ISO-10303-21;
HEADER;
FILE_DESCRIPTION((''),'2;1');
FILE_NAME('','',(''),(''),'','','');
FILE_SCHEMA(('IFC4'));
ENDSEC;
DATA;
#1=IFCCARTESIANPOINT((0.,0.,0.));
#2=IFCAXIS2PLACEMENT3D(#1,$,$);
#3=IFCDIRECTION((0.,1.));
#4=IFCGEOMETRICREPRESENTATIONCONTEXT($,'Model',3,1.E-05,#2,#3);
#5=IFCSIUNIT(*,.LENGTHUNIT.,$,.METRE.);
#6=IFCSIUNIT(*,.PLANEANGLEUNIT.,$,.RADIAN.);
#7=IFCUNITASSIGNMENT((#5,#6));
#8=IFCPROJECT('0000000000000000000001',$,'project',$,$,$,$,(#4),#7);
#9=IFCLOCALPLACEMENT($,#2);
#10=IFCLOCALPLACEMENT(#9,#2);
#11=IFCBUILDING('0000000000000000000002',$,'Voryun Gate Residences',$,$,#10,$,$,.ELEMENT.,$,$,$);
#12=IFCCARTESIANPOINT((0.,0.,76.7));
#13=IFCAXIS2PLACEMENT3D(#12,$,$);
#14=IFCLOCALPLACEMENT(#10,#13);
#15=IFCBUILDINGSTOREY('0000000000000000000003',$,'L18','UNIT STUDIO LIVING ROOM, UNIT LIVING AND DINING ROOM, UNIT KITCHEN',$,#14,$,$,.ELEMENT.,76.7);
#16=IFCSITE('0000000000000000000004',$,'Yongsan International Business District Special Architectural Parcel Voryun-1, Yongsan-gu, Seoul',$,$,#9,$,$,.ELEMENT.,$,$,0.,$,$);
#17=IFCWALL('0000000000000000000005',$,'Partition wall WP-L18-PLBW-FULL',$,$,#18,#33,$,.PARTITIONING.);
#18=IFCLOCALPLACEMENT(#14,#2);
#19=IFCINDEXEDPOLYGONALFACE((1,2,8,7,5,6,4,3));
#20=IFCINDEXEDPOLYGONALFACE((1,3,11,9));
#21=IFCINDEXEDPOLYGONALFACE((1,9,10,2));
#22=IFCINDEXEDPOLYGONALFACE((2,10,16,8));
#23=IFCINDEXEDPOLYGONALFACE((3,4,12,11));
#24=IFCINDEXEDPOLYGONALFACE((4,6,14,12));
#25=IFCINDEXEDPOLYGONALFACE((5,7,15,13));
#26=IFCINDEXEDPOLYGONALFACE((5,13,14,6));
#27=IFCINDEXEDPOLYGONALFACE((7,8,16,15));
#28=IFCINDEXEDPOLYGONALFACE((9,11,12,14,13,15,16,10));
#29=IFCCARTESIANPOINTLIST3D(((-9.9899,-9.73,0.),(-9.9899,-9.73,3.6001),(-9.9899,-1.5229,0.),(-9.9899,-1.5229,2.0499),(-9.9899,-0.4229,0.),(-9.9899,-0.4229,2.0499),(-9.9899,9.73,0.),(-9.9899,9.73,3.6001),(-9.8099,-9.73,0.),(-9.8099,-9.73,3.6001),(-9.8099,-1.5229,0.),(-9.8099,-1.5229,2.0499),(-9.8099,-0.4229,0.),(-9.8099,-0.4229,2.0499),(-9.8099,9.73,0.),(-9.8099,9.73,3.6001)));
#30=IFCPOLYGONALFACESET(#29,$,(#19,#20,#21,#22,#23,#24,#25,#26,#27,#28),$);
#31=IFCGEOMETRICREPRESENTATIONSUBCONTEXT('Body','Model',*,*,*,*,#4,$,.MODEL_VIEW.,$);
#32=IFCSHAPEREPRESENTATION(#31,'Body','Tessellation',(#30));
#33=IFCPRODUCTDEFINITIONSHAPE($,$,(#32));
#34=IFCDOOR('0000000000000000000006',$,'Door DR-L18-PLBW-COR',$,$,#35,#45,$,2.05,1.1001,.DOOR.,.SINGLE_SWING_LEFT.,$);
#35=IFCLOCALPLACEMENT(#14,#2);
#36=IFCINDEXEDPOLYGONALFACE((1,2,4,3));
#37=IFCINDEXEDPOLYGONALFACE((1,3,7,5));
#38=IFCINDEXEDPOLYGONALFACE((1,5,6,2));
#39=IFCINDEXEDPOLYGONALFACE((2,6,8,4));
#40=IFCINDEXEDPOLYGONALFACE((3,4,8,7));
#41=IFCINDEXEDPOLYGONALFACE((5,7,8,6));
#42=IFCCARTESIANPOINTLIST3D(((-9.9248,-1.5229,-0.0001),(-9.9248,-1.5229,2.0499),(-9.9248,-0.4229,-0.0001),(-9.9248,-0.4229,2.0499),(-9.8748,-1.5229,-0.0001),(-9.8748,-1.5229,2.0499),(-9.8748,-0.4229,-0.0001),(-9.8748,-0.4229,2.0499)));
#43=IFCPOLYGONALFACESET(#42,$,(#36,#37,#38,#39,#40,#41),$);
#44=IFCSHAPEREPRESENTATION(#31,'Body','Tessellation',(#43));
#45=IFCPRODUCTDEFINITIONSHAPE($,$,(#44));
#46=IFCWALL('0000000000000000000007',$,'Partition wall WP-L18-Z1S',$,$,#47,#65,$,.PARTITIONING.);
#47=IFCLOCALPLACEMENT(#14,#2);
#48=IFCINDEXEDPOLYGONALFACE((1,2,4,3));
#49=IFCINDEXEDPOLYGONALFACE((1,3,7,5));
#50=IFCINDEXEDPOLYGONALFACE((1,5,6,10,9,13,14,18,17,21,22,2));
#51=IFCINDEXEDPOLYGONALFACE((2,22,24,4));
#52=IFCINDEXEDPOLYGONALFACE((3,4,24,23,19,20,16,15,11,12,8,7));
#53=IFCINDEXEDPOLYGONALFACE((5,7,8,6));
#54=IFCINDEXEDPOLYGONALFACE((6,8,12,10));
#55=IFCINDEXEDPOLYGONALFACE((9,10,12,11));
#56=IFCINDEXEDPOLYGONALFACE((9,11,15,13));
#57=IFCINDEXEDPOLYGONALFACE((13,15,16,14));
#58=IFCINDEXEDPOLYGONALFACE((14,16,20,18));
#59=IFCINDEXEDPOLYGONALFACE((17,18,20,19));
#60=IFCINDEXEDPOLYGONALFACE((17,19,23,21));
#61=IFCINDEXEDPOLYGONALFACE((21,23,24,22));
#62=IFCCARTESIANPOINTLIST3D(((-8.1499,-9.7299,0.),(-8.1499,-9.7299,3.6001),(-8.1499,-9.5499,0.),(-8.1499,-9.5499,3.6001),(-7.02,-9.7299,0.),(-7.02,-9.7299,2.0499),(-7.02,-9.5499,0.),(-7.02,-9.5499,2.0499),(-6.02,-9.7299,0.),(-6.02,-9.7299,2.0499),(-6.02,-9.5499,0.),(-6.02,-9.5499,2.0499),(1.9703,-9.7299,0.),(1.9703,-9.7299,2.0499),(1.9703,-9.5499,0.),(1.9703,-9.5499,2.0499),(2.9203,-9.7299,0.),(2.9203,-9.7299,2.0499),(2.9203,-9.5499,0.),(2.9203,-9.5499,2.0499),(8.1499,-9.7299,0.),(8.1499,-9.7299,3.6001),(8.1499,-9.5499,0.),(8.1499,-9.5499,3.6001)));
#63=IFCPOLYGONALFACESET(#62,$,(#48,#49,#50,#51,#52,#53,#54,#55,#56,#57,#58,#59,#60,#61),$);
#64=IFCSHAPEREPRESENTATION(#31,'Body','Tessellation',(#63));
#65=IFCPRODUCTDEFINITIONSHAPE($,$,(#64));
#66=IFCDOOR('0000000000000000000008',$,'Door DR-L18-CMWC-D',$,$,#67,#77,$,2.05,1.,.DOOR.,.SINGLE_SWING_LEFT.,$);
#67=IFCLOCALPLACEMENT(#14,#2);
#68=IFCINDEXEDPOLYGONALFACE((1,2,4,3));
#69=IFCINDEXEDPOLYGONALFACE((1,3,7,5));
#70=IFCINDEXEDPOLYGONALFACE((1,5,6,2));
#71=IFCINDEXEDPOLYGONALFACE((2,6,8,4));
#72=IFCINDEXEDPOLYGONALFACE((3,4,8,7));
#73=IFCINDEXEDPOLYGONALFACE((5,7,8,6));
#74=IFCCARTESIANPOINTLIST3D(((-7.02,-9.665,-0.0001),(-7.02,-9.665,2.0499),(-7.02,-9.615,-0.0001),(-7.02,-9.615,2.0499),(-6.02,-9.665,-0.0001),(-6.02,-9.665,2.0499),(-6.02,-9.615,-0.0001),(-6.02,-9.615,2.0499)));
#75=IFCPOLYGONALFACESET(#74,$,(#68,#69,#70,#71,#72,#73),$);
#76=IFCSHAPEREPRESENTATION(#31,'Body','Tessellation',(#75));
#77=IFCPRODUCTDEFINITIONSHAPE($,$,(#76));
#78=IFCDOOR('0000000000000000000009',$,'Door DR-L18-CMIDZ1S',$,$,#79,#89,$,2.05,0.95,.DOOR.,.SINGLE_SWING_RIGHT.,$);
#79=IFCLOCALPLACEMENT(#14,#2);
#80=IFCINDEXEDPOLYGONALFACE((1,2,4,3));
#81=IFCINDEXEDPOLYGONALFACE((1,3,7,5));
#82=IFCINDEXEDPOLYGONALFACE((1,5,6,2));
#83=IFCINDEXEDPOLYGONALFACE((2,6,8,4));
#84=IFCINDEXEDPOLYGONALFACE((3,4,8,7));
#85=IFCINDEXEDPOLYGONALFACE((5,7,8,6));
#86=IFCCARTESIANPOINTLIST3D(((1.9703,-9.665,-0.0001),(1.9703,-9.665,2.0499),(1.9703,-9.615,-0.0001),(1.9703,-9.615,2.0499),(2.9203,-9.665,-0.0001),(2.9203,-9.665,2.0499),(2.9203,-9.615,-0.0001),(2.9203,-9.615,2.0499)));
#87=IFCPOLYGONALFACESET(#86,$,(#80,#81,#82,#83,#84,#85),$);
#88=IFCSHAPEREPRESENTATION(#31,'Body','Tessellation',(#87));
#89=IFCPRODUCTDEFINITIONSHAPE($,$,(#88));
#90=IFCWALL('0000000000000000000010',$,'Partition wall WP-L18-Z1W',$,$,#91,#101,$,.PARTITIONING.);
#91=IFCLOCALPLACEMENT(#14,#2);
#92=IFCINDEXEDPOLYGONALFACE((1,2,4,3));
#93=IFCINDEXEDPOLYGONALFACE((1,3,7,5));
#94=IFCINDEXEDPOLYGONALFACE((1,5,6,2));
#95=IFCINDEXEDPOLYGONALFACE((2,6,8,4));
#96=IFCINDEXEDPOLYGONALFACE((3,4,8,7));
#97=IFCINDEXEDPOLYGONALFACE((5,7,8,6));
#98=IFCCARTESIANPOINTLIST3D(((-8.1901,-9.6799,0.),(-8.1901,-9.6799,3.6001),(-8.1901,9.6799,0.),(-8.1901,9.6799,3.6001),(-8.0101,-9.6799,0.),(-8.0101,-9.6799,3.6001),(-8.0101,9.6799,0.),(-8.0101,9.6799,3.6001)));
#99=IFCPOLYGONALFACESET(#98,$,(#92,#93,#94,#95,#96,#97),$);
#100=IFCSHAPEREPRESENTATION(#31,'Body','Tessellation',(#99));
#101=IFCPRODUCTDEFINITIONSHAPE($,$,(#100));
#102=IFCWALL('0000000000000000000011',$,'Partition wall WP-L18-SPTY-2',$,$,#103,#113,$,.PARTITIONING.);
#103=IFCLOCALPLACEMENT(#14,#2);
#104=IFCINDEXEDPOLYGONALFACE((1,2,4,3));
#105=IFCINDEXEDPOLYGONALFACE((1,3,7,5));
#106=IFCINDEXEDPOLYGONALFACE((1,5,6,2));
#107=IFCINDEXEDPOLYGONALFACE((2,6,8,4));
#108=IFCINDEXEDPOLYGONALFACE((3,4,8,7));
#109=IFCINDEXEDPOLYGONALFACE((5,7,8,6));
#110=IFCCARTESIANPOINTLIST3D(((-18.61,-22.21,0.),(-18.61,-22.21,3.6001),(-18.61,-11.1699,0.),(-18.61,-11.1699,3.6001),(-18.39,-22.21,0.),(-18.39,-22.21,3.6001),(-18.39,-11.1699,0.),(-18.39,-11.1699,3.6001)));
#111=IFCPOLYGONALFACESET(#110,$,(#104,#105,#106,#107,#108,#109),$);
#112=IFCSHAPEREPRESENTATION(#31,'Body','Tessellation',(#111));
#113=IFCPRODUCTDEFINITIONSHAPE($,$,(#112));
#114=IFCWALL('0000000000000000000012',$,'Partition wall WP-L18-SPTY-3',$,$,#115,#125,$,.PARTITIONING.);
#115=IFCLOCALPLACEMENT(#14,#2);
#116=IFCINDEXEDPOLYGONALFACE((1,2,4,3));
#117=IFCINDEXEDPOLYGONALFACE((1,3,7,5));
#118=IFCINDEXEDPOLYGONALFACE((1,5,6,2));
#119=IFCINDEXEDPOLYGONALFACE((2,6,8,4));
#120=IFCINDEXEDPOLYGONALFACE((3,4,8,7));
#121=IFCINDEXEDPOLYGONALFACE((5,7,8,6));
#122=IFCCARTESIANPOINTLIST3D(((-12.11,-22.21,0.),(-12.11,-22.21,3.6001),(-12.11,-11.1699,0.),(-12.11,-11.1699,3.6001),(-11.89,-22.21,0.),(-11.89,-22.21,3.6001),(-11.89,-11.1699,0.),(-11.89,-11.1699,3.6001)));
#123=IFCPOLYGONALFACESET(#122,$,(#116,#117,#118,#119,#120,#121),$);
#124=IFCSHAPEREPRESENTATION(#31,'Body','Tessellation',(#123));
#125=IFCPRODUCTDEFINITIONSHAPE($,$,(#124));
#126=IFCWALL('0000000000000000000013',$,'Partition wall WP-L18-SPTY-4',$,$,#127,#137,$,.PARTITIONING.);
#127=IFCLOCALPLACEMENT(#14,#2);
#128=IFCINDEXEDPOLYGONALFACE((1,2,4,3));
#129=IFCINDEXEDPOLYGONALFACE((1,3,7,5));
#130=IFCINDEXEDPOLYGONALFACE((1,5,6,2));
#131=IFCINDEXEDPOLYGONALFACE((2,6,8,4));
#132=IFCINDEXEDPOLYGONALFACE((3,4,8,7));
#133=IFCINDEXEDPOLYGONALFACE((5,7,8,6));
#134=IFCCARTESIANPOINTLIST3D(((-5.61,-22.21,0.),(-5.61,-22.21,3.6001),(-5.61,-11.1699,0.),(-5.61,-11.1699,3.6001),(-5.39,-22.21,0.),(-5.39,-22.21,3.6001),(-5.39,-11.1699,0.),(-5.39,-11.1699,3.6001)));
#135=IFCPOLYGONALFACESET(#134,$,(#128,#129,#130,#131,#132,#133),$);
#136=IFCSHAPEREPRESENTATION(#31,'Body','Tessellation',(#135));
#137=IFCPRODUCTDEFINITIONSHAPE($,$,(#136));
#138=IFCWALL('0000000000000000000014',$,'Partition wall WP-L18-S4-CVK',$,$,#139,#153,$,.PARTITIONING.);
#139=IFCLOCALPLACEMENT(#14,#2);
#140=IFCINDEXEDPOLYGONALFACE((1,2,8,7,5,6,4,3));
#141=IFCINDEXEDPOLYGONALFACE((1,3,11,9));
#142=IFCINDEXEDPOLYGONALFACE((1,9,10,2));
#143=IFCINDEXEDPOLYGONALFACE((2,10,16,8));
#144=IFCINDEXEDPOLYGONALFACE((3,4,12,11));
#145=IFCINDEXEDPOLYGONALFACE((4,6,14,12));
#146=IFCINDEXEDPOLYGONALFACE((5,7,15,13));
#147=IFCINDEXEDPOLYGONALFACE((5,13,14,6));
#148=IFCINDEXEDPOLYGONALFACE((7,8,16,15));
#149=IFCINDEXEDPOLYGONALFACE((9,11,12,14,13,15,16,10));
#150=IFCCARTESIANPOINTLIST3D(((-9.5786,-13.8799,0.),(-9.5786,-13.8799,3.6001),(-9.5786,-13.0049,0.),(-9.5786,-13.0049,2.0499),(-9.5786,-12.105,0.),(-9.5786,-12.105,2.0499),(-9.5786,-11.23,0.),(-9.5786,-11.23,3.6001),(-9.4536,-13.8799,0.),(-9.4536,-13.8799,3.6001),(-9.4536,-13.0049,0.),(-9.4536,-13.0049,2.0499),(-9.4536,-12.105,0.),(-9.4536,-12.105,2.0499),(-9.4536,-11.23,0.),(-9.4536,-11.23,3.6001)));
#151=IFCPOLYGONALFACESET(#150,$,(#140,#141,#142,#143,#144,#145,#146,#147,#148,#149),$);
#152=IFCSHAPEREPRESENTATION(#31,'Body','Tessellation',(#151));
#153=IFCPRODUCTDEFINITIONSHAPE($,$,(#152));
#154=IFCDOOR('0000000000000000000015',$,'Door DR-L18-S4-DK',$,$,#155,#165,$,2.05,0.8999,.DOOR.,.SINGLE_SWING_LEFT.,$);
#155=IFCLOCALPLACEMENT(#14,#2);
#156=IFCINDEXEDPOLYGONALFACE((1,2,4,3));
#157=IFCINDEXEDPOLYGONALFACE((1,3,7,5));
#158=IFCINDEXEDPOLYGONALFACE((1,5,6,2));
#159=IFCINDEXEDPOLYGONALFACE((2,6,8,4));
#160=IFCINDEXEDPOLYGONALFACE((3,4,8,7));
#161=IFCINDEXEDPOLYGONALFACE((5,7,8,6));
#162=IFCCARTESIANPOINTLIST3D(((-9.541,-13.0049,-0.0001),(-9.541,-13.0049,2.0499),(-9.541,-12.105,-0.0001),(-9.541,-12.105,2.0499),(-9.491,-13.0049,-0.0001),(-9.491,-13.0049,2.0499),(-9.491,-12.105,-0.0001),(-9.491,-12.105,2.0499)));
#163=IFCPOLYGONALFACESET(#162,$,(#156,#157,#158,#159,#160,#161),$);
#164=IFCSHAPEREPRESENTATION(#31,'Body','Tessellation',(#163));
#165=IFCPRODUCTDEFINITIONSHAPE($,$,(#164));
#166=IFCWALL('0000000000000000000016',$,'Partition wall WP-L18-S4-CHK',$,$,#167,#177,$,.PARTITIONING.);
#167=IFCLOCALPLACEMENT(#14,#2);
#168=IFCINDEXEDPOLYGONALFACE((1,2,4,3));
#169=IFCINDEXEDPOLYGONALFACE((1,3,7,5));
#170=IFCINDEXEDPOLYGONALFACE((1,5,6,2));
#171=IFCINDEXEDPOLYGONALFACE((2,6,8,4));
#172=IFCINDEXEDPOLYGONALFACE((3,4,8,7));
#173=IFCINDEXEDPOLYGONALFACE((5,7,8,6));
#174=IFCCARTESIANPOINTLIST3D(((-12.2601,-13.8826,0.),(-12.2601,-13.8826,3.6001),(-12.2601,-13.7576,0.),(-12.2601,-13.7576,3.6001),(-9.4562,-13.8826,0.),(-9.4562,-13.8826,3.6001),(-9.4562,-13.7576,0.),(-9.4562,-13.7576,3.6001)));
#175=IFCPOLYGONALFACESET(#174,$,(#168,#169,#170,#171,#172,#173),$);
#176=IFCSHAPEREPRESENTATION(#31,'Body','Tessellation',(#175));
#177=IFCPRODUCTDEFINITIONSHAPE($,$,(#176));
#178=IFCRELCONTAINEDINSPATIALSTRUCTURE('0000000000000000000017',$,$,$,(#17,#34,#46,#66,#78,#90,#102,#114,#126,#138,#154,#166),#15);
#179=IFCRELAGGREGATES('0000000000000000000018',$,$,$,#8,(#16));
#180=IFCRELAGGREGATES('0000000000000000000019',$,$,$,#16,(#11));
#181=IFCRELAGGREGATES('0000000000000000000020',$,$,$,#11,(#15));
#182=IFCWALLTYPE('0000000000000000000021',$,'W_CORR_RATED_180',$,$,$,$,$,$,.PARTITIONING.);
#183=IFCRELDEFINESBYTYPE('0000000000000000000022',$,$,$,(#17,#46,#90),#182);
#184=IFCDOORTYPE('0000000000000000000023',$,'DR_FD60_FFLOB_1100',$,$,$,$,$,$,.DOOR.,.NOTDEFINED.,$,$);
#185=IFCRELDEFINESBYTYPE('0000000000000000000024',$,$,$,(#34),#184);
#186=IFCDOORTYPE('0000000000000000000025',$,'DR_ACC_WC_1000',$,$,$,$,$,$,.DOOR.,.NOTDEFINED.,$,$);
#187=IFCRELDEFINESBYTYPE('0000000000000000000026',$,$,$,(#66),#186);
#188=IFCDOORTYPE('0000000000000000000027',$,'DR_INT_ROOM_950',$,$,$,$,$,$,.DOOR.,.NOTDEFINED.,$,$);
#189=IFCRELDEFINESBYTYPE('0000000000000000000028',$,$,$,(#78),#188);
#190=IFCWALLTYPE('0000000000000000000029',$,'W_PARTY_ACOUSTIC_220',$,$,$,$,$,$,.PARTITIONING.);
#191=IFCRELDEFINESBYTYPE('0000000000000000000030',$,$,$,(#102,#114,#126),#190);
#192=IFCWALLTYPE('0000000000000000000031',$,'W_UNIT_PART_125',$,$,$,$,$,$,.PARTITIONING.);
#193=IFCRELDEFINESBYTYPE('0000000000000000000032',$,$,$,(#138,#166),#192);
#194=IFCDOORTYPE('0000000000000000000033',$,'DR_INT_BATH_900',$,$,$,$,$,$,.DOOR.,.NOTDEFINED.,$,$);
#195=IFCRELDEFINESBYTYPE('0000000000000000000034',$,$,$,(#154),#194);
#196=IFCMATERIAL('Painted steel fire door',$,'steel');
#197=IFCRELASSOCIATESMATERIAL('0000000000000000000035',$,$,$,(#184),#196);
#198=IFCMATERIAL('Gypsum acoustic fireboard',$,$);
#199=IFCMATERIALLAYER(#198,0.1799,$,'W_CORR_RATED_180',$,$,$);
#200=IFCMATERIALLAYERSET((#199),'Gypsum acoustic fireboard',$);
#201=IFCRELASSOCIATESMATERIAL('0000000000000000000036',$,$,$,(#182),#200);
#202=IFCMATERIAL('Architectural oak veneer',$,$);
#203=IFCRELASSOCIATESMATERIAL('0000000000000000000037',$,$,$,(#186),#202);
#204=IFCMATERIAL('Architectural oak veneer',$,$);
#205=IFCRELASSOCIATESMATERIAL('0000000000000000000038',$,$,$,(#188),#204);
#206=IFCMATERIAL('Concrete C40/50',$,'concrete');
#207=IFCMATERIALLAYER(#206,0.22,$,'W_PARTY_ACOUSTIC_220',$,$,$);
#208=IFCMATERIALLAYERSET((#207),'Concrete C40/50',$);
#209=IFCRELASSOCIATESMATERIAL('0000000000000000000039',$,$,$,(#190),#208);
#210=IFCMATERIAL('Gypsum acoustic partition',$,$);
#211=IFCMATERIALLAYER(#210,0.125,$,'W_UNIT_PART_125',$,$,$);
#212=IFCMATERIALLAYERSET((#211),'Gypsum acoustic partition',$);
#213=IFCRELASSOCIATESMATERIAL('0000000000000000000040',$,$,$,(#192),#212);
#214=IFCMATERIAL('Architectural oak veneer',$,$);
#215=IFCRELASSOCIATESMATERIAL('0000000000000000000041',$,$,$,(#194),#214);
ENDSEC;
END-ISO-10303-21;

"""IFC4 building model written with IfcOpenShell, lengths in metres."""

from ifc_helpers import new_model, si_unit, direction, frame, frame_2d, origin, place, context, subcontext, project, spatial, rectangle, extrude, material, layer, layer_set, type_object, element, fill, save


model = new_model("IFC4")

# Units and contexts
model_context = context("Model", 3, precision=1e-05, world=origin(), true_north=direction((0.0, 1.0)))
body_context = subcontext(model_context, "Body", "Model", "MODEL_VIEW")
ifc_project = project(units=[si_unit("LENGTHUNIT", "METRE"), si_unit("PLANEANGLEUNIT", "RADIAN")], contexts=[model_context])

# Site, building, storey
site_placement = place(None, origin())
site = spatial("IfcSite", under=ifc_project, at=site_placement, Name="Yongsan International Business District Special Architectural Parcel Voryun-1, Yongsan-gu, Seoul", CompositionType="ELEMENT", RefElevation=0.0)
building_placement = place(site_placement, origin())
building = spatial("IfcBuilding", under=site, at=building_placement, Name="Voryun Gate Residences", CompositionType="ELEMENT")
storey_placement = place(building_placement, frame((0.0, 0.0, 76.7)))
storey = spatial("IfcBuildingStorey", under=building, at=storey_placement, Name="L18", Description="UNIT STUDIO LIVING ROOM, UNIT LIVING AND DINING ROOM, UNIT KITCHEN", CompositionType="ELEMENT", Elevation=76.7)

# Shared definitions
ifc_material_1 = material(Name="Painted steel fire door", Category="steel")
door_type_1 = type_object("IfcDoorType", Name="DR_FD60_FFLOB_1100", OperationType="NOTDEFINED", PredefinedType="DOOR", material=ifc_material_1)

# Wall, opening, door
ifc_material_2 = material(Name="Gypsum acoustic fireboard")
ifc_layer_1 = layer(ifc_material_2, 0.1799, Name="W_CORR_RATED_180")
ifc_layer_set_1 = layer_set([ifc_layer_1], Name="Gypsum acoustic fireboard")
wall_type_1 = type_object("IfcWallType", Name="W_CORR_RATED_180", PredefinedType="PARTITIONING", material=ifc_layer_set_1)
wall_1_placement = place(storey_placement, frame((-9.8999, -9.73, 0.0), z_axis=(0.0, 0.0, 1.0), x_axis=(0.0, 1.0, 0.0)))
wall_1 = element("IfcWall", 1, at=wall_1_placement, inside=storey, type_object=wall_type_1, Name="Partition wall WP-L18-PLBW-FULL", PredefinedType="PARTITIONING", context=body_context, shape_type="SweptSolid", body=[
    extrude(rectangle(XDim=19.46, YDim=0.1799, at=frame_2d((9.73, 0.0))), origin(), (0.0, 0.0, 1.0), 3.6001),
])
opening_1_placement = place(wall_1_placement, frame((8.207, 0.0, 0.0)))
opening_1 = element("IfcOpeningElement", 2, at=opening_1_placement, cuts=wall_1, PredefinedType="OPENING", context=body_context, shape_type="SweptSolid", body=[
    extrude(rectangle(XDim=1.1001, YDim=2.05, at=frame_2d((0.55, 1.0249))), frame((0.0, 0.0999, 0.0), z_axis=(0.0, -1.0, 0.0), x_axis=(1.0, 0.0, 0.0)), (0.0, 0.0, 1.0), 0.2),
])
door_1_placement = place(opening_1_placement, origin())
door_1 = element("IfcDoor", 3, at=door_1_placement, inside=storey, type_object=door_type_1, Name="Door DR-L18-PLBW-COR", OperationType="SINGLE_SWING_LEFT", OverallHeight=2.05, OverallWidth=1.1001, PredefinedType="DOOR", context=body_context, shape_type="SweptSolid", body=[
    extrude(rectangle(XDim=1.1001, YDim=2.05, at=frame_2d((0.55, 1.0249))), frame((0.0, 0.0249, 0.0), z_axis=(0.0, -1.0, 0.0), x_axis=(1.0, 0.0, 0.0)), (0.0, 0.0, 1.0), 0.05),
])
fill(opening_1, door_1)

# Wall, openings, doors
wall_2_placement = place(storey_placement, frame((-8.1499, -9.6399, 0.0), z_axis=(0.0, 0.0, 1.0), x_axis=(1.0, 0.0, 0.0)))
wall_2 = element("IfcWall", 4, at=wall_2_placement, inside=storey, type_object=wall_type_1, Name="Partition wall WP-L18-Z1S", PredefinedType="PARTITIONING", context=body_context, shape_type="SweptSolid", body=[
    extrude(rectangle(XDim=16.2998, YDim=0.1799, at=frame_2d((8.1499, 0.0))), origin(), (0.0, 0.0, 1.0), 3.6001),
])
opening_2_placement = place(wall_2_placement, frame((1.1299, 0.0, 0.0)))
opening_2 = element("IfcOpeningElement", 5, at=opening_2_placement, cuts=wall_2, PredefinedType="OPENING", context=body_context, shape_type="SweptSolid", body=[
    extrude(rectangle(XDim=1.0, YDim=2.05, at=frame_2d((0.5, 1.0249))), frame((0.0, 0.0999, 0.0), z_axis=(0.0, -1.0, 0.0), x_axis=(1.0, 0.0, 0.0)), (0.0, 0.0, 1.0), 0.2),
])
opening_3_placement = place(wall_2_placement, frame((10.1201, 0.0, 0.0)))
opening_3 = element("IfcOpeningElement", 6, at=opening_3_placement, cuts=wall_2, PredefinedType="OPENING", context=body_context, shape_type="SweptSolid", body=[
    extrude(rectangle(XDim=0.95, YDim=2.05, at=frame_2d((0.4751, 1.0249))), frame((0.0, 0.0999, 0.0), z_axis=(0.0, -1.0, 0.0), x_axis=(1.0, 0.0, 0.0)), (0.0, 0.0, 1.0), 0.2),
])
ifc_material_3 = material(Name="Architectural oak veneer")
door_type_2 = type_object("IfcDoorType", Name="DR_ACC_WC_1000", OperationType="NOTDEFINED", PredefinedType="DOOR", material=ifc_material_3)
door_2_placement = place(opening_2_placement, origin())
door_2 = element("IfcDoor", 7, at=door_2_placement, inside=storey, type_object=door_type_2, Name="Door DR-L18-CMWC-D", OperationType="SINGLE_SWING_LEFT", OverallHeight=2.05, OverallWidth=1.0, PredefinedType="DOOR", context=body_context, shape_type="SweptSolid", body=[
    extrude(rectangle(XDim=1.0, YDim=2.05, at=frame_2d((0.5, 1.0249))), frame((0.0, 0.0249, 0.0), z_axis=(0.0, -1.0, 0.0), x_axis=(1.0, 0.0, 0.0)), (0.0, 0.0, 1.0), 0.05),
])
fill(opening_2, door_2)
ifc_material_4 = material(Name="Architectural oak veneer")
door_type_3 = type_object("IfcDoorType", Name="DR_INT_ROOM_950", OperationType="NOTDEFINED", PredefinedType="DOOR", material=ifc_material_4)
door_3_placement = place(opening_3_placement, origin())
door_3 = element("IfcDoor", 8, at=door_3_placement, inside=storey, type_object=door_type_3, Name="Door DR-L18-CMIDZ1S", OperationType="SINGLE_SWING_RIGHT", OverallHeight=2.05, OverallWidth=0.95, PredefinedType="DOOR", context=body_context, shape_type="SweptSolid", body=[
    extrude(rectangle(XDim=0.95, YDim=2.05, at=frame_2d((0.4751, 1.0249))), frame((0.0, 0.0249, 0.0), z_axis=(0.0, -1.0, 0.0), x_axis=(1.0, 0.0, 0.0)), (0.0, 0.0, 1.0), 0.05),
])
fill(opening_3, door_3)

# Walls
wall_3_placement = place(storey_placement, frame((-8.1001, -9.6799, 0.0), z_axis=(0.0, 0.0, 1.0), x_axis=(0.0, 1.0, 0.0)))
element("IfcWall", 9, at=wall_3_placement, inside=storey, type_object=wall_type_1, Name="Partition wall WP-L18-Z1W", PredefinedType="PARTITIONING", context=body_context, shape_type="SweptSolid", body=[
    extrude(rectangle(XDim=19.3599, YDim=0.1799, at=frame_2d((9.6799, 0.0))), origin(), (0.0, 0.0, 1.0), 3.6001),
])
ifc_material_5 = material(Name="Concrete C40/50", Category="concrete")
ifc_layer_2 = layer(ifc_material_5, 0.22, Name="W_PARTY_ACOUSTIC_220")
ifc_layer_set_2 = layer_set([ifc_layer_2], Name="Concrete C40/50")
wall_type_2 = type_object("IfcWallType", Name="W_PARTY_ACOUSTIC_220", PredefinedType="PARTITIONING", material=ifc_layer_set_2)
for number, where, z_axis, x_axis, name in (
    (10, (-18.5, -22.21, 0.0), (0.0, 0.0, 1.0), (0.0, 1.0, 0.0), "Partition wall WP-L18-SPTY-2"),
    (11, (-12.0, -22.21, 0.0), (0.0, 0.0, 1.0), (0.0, 1.0, 0.0), "Partition wall WP-L18-SPTY-3"),
    (12, (-5.5, -22.21, 0.0), (0.0, 0.0, 1.0), (0.0, 1.0, 0.0), "Partition wall WP-L18-SPTY-4"),
):
    element("IfcWall", number, at=place(storey_placement, frame(where, z_axis=z_axis, x_axis=x_axis)), inside=storey, type_object=wall_type_2, Name=name, PredefinedType="PARTITIONING", context=body_context, shape_type="SweptSolid", body=[
        extrude(rectangle(XDim=11.04, YDim=0.22, at=frame_2d((5.52, 0.0))), origin(), (0.0, 0.0, 1.0), 3.6001),
    ])

# Wall, opening, door
ifc_material_6 = material(Name="Gypsum acoustic partition")
ifc_layer_3 = layer(ifc_material_6, 0.125, Name="W_UNIT_PART_125")
ifc_layer_set_3 = layer_set([ifc_layer_3], Name="Gypsum acoustic partition")
wall_type_3 = type_object("IfcWallType", Name="W_UNIT_PART_125", PredefinedType="PARTITIONING", material=ifc_layer_set_3)
wall_4_placement = place(storey_placement, frame((-9.5161, -13.8799, 0.0), z_axis=(0.0, 0.0, 1.0), x_axis=(0.0, 1.0, 0.0)))
wall_4 = element("IfcWall", 13, at=wall_4_placement, inside=storey, type_object=wall_type_3, Name="Partition wall WP-L18-S4-CVK", PredefinedType="PARTITIONING", context=body_context, shape_type="SweptSolid", body=[
    extrude(rectangle(XDim=2.6499, YDim=0.125, at=frame_2d((1.325, 0.0))), origin(), (0.0, 0.0, 1.0), 3.6001),
])
opening_4_placement = place(wall_4_placement, frame((0.875, 0.0, 0.0)))
opening_4 = element("IfcOpeningElement", 14, at=opening_4_placement, cuts=wall_4, PredefinedType="OPENING", context=body_context, shape_type="SweptSolid", body=[
    extrude(rectangle(XDim=0.8999, YDim=2.05, at=frame_2d((0.45, 1.0249))), frame((0.0, 0.0725, 0.0), z_axis=(0.0, -1.0, 0.0), x_axis=(1.0, 0.0, 0.0)), (0.0, 0.0, 1.0), 0.145),
])
ifc_material_7 = material(Name="Architectural oak veneer")
door_type_4 = type_object("IfcDoorType", Name="DR_INT_BATH_900", OperationType="NOTDEFINED", PredefinedType="DOOR", material=ifc_material_7)
door_4_placement = place(opening_4_placement, origin())
door_4 = element("IfcDoor", 15, at=door_4_placement, inside=storey, type_object=door_type_4, Name="Door DR-L18-S4-DK", OperationType="SINGLE_SWING_LEFT", OverallHeight=2.05, OverallWidth=0.8999, PredefinedType="DOOR", context=body_context, shape_type="SweptSolid", body=[
    extrude(rectangle(XDim=0.8999, YDim=2.05, at=frame_2d((0.45, 1.0249))), frame((0.0, 0.0249, 0.0), z_axis=(0.0, -1.0, 0.0), x_axis=(1.0, 0.0, 0.0)), (0.0, 0.0, 1.0), 0.05),
])
fill(opening_4, door_4)

# Wall
wall_5_placement = place(storey_placement, frame((-12.26, -13.8201, 0.0), z_axis=(0.0, 0.0, 1.0), x_axis=(1.0, 0.0, 0.0)))
element("IfcWall", 16, at=wall_5_placement, inside=storey, type_object=wall_type_3, Name="Partition wall WP-L18-S4-CHK", PredefinedType="PARTITIONING", context=body_context, shape_type="SweptSolid", body=[
    extrude(rectangle(XDim=2.804, YDim=0.125, at=frame_2d((1.4019, 0.0))), origin(), (0.0, 0.0, 1.0), 3.6001),
])

save(model, "model.ifc")
